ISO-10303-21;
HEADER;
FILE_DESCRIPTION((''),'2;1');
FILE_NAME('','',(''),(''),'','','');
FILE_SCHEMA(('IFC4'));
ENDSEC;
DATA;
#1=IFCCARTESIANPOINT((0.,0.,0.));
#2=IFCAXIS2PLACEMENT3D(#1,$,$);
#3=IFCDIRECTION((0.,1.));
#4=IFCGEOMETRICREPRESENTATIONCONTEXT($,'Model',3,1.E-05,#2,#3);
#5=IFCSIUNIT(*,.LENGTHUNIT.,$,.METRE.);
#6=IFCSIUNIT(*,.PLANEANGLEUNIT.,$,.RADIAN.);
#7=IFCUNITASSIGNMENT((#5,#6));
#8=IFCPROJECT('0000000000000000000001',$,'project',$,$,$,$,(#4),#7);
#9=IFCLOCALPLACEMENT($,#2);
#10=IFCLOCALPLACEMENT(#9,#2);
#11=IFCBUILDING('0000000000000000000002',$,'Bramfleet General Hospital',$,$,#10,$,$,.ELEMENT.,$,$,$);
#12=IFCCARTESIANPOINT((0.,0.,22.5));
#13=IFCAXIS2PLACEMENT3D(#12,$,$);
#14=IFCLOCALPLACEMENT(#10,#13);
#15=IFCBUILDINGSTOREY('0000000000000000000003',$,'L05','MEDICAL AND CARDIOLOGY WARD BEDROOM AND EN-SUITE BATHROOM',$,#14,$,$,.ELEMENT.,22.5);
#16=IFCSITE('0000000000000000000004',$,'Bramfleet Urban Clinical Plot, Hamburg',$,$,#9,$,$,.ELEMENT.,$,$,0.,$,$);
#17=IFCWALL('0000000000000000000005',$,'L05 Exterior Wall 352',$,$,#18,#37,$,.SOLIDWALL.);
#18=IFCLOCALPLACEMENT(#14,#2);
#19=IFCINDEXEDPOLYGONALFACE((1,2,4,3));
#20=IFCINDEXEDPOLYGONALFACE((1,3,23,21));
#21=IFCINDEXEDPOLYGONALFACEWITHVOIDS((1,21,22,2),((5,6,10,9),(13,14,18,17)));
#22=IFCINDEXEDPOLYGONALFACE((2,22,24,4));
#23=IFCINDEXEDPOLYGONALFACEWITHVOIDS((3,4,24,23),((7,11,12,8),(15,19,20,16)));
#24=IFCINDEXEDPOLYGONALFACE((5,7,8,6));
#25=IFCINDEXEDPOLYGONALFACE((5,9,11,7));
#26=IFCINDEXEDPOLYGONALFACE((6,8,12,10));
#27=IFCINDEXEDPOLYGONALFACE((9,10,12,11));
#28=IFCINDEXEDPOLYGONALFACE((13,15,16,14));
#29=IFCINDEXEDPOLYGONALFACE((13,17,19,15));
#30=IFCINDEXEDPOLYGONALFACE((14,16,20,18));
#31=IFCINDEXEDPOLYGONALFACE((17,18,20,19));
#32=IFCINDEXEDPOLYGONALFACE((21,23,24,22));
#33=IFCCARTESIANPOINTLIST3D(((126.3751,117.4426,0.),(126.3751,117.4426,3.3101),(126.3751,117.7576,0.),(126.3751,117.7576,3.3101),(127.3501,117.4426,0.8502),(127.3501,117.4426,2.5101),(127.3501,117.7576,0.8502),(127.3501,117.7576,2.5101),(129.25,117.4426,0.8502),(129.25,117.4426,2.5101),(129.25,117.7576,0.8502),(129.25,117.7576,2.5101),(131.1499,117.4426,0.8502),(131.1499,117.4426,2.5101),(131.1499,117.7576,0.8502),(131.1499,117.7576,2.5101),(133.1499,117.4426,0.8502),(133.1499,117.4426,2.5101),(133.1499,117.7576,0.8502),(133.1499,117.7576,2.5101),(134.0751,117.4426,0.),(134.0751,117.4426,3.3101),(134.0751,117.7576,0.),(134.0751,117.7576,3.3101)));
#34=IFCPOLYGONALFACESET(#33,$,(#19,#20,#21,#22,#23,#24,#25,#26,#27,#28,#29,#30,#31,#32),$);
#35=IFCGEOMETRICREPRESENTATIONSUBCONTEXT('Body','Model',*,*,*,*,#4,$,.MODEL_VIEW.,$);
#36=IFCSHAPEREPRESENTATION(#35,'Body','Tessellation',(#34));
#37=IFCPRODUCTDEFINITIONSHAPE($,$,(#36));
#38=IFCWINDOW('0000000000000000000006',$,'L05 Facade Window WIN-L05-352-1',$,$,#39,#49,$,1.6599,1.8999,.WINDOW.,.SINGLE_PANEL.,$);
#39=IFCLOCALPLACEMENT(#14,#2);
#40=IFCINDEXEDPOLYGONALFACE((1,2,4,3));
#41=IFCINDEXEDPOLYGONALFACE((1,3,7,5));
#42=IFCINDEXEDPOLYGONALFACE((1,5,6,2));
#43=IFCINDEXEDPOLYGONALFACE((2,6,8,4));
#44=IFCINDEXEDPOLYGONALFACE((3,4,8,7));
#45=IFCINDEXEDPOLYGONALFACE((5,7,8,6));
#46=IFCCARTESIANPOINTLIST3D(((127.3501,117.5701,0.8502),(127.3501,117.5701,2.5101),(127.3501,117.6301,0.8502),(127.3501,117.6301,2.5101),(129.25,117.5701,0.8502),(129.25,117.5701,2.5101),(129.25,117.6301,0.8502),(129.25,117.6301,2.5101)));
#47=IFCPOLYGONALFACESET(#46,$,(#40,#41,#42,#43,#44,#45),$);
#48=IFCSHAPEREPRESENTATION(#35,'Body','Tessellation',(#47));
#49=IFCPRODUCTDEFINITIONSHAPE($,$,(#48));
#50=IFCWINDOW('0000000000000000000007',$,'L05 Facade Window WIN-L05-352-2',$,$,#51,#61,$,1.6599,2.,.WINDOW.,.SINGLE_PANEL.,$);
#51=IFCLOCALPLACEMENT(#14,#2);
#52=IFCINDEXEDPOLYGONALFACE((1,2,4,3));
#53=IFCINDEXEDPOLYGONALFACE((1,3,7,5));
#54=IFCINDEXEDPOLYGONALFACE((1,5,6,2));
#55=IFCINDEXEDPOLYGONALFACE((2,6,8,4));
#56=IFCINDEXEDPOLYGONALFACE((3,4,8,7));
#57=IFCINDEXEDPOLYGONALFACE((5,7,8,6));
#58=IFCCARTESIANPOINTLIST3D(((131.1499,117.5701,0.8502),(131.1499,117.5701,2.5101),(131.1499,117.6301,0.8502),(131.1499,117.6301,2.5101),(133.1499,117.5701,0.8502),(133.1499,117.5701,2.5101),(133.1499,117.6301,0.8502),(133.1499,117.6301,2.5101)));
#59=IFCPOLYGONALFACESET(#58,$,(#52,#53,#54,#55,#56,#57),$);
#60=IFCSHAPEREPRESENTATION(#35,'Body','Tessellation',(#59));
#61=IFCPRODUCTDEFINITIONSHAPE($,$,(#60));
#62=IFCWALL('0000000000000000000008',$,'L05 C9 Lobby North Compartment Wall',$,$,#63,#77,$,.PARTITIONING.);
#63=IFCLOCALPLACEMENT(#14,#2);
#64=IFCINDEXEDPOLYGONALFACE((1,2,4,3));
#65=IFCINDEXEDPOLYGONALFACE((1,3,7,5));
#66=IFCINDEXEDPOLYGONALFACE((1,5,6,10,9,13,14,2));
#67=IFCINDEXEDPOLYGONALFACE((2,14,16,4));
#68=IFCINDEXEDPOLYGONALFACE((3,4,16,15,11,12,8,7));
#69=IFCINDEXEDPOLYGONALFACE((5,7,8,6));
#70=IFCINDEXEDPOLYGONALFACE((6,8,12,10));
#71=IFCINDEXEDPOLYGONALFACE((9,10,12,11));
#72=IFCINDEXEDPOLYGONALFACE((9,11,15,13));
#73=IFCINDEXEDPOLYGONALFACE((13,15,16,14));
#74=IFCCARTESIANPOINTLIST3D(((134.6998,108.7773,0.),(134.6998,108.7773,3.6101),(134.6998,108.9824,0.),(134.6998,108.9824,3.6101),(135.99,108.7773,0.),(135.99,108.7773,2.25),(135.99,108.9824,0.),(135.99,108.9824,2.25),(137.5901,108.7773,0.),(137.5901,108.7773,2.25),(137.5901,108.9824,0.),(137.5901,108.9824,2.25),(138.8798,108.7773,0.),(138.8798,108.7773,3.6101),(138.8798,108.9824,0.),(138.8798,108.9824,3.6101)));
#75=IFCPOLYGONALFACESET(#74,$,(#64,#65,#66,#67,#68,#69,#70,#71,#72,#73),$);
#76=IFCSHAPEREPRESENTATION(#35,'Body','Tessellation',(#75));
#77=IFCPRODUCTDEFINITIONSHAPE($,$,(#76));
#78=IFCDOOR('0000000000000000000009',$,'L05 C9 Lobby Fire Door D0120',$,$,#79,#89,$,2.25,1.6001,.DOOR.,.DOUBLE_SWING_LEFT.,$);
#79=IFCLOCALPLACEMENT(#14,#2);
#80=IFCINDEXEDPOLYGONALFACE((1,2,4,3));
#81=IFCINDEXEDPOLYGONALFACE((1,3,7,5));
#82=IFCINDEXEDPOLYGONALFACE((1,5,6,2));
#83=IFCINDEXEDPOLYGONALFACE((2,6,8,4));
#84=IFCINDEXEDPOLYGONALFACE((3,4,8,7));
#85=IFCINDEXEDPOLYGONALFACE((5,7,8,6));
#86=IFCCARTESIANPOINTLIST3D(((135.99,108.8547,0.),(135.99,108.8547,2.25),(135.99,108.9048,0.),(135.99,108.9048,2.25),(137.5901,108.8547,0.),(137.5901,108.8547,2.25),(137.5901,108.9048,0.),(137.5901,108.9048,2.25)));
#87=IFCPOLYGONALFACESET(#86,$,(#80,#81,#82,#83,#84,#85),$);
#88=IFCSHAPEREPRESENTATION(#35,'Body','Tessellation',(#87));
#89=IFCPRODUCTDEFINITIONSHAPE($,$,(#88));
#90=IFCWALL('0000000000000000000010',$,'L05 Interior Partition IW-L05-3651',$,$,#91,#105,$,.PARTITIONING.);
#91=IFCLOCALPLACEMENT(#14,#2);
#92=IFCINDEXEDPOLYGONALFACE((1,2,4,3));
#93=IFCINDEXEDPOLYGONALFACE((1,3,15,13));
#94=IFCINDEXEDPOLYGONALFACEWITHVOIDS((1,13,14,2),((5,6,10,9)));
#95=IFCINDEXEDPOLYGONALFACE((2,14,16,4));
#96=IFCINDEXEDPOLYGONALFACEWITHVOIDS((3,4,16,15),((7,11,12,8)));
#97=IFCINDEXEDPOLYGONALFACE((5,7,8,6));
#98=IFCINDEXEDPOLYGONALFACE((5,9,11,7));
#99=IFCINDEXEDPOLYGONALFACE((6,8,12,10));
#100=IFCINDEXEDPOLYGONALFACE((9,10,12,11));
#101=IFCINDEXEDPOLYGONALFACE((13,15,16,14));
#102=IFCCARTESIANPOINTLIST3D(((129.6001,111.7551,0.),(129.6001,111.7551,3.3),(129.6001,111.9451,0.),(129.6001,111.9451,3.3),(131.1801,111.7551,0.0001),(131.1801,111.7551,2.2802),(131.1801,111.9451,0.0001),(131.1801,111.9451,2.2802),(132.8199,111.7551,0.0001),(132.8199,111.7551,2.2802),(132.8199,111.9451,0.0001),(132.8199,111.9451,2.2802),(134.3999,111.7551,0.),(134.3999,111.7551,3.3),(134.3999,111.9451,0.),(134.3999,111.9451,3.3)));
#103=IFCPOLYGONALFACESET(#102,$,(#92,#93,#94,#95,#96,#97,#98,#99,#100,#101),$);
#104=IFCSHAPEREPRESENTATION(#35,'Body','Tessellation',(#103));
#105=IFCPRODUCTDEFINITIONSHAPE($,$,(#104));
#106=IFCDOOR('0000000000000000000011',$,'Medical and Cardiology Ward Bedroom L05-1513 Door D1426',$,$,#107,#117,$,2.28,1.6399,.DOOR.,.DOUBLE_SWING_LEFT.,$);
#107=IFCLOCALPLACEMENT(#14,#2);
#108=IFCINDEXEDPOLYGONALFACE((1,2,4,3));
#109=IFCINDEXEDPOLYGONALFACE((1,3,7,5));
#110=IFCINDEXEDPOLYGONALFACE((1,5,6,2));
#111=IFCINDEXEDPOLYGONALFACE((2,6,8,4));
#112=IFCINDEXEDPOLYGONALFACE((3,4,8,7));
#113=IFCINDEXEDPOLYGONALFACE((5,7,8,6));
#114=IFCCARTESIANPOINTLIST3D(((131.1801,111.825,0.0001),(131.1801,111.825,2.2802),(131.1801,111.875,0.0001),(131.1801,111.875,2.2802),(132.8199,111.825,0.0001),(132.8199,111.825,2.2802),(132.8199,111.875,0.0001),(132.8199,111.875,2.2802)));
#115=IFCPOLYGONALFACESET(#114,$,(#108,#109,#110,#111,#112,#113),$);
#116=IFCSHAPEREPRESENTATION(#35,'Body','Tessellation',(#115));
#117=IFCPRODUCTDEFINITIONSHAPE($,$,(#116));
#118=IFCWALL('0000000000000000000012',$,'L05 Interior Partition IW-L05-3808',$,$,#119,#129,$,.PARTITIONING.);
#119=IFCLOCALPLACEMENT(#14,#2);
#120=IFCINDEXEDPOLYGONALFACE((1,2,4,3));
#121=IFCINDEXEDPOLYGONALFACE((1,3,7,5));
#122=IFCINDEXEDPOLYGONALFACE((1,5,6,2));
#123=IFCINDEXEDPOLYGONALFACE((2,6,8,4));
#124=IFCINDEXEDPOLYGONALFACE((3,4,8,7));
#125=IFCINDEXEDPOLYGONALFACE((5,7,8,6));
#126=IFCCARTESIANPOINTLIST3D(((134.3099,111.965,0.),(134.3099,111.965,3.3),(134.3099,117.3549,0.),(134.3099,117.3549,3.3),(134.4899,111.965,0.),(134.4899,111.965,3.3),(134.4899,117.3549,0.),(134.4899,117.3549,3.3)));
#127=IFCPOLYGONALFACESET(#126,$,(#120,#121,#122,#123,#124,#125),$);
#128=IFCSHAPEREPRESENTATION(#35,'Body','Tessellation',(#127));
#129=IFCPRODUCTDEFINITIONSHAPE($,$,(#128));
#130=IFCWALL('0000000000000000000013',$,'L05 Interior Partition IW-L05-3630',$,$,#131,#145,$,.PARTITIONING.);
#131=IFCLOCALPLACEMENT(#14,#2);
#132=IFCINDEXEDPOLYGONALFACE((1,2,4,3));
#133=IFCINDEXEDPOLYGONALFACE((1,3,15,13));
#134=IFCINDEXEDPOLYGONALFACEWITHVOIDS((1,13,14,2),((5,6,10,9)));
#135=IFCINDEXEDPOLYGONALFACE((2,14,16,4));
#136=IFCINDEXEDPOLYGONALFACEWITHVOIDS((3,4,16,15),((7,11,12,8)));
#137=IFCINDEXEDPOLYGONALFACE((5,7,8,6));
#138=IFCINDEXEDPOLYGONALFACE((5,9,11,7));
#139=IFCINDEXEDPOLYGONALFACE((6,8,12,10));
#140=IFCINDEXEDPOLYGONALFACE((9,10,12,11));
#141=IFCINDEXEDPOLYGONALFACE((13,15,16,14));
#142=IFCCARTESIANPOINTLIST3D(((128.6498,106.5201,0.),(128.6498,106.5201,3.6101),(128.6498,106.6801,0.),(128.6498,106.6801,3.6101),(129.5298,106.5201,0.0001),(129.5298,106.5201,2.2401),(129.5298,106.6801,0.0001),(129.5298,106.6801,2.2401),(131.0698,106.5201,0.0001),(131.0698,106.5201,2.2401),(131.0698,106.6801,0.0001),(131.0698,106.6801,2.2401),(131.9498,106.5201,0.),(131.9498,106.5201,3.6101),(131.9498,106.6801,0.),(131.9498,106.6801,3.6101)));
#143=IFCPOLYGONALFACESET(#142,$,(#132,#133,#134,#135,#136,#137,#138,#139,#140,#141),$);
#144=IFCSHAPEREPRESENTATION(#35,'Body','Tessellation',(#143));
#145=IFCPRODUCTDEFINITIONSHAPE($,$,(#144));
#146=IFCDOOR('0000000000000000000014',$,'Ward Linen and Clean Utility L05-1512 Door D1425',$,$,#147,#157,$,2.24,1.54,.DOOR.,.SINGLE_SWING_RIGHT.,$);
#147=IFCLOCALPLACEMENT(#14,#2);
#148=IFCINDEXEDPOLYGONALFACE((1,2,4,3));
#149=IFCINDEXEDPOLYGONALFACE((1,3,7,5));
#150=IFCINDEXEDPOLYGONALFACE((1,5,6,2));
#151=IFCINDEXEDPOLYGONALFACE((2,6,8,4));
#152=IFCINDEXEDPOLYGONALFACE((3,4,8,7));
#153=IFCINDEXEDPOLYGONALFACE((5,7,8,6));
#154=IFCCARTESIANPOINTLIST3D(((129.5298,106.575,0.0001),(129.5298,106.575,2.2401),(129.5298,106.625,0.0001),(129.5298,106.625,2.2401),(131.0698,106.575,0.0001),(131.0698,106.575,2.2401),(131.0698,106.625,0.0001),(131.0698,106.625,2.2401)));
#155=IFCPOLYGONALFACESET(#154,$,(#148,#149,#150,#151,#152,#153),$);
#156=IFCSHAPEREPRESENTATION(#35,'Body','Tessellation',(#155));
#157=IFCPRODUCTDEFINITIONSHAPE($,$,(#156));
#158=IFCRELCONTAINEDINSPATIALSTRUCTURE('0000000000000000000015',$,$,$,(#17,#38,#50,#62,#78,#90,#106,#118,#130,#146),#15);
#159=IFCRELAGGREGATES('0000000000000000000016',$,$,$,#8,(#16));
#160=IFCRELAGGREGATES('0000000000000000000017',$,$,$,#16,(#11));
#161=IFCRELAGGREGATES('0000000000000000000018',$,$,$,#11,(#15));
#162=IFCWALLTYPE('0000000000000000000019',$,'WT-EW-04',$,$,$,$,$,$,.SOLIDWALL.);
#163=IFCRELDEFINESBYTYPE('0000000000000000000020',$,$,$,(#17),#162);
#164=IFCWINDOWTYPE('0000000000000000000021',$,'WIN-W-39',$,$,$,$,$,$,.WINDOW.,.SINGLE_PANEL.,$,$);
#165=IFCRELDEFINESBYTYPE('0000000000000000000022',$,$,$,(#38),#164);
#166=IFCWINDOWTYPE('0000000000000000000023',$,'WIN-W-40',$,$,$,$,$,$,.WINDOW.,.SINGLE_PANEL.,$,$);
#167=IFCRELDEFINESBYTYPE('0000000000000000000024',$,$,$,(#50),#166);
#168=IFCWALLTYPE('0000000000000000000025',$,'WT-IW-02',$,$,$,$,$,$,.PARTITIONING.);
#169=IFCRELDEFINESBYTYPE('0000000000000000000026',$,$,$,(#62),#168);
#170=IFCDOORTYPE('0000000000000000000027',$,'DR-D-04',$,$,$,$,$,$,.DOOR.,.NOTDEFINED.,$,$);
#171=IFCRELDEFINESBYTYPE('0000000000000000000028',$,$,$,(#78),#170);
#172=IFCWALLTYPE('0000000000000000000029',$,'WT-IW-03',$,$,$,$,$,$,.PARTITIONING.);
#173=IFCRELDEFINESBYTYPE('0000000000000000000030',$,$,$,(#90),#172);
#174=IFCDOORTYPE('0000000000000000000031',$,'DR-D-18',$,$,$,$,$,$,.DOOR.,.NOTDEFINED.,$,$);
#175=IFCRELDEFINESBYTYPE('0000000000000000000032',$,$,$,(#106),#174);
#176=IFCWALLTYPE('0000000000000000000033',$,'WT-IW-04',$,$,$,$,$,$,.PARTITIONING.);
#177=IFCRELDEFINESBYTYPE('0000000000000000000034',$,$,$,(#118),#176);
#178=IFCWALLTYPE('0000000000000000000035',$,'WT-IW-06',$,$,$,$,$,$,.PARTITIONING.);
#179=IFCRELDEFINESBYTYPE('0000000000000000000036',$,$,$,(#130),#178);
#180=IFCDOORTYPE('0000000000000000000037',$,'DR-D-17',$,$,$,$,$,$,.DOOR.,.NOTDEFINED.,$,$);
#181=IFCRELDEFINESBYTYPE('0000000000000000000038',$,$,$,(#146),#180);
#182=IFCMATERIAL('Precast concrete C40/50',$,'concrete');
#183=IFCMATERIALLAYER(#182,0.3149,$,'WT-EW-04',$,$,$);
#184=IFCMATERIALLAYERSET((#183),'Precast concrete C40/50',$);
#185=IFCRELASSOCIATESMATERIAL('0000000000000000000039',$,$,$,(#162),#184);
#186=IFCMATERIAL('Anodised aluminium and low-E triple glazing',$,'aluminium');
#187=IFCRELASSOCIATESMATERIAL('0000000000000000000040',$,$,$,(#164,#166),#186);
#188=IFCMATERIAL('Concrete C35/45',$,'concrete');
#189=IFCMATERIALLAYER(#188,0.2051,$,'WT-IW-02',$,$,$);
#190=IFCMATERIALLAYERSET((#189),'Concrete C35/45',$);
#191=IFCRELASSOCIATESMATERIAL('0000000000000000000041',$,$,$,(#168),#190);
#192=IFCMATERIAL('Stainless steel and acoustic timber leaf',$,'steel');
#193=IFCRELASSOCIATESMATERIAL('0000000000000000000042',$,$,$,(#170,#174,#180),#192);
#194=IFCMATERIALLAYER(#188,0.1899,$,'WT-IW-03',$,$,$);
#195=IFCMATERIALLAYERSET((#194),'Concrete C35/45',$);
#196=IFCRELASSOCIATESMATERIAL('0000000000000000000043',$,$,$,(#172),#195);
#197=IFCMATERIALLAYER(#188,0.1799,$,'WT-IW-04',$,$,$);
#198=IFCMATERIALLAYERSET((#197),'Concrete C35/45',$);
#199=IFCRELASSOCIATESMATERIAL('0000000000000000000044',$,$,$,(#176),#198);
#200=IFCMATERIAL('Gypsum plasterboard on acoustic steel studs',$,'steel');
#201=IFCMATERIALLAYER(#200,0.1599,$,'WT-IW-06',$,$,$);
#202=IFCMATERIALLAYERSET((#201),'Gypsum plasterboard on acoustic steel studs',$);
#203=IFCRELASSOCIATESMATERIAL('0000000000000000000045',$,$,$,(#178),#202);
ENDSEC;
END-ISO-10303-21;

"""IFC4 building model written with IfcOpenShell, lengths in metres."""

from ifc_helpers import new_model, si_unit, direction, frame, frame_2d, origin, place, context, subcontext, project, spatial, rectangle, extrude, material, layer, layer_set, type_object, element, fill, save


model = new_model("IFC4")

# Units and contexts
model_context = context("Model", 3, precision=1e-05, world=origin(), true_north=direction((0.0, 1.0)))
body_context = subcontext(model_context, "Body", "Model", "MODEL_VIEW")
ifc_project = project(units=[si_unit("LENGTHUNIT", "METRE"), si_unit("PLANEANGLEUNIT", "RADIAN")], contexts=[model_context])

# Site, building, storey
site_placement = place(None, origin())
site = spatial("IfcSite", under=ifc_project, at=site_placement, Name="Bramfleet Urban Clinical Plot, Hamburg", CompositionType="ELEMENT", RefElevation=0.0)
building_placement = place(site_placement, origin())
building = spatial("IfcBuilding", under=site, at=building_placement, Name="Bramfleet General Hospital", CompositionType="ELEMENT")
storey_placement = place(building_placement, frame((0.0, 0.0, 22.5)))
storey = spatial("IfcBuildingStorey", under=building, at=storey_placement, Name="L05", Description="MEDICAL AND CARDIOLOGY WARD BEDROOM AND EN-SUITE BATHROOM", CompositionType="ELEMENT", Elevation=22.5)

# Shared definitions
ifc_material_1 = material(Name="Anodised aluminium and low-E triple glazing", Category="aluminium")

# Wall, openings, windows
ifc_material_2 = material(Name="Precast concrete C40/50", Category="concrete")
ifc_layer_1 = layer(ifc_material_2, 0.3149, Name="WT-EW-04")
ifc_layer_set_1 = layer_set([ifc_layer_1], Name="Precast concrete C40/50")
wall_type_1 = type_object("IfcWallType", Name="WT-EW-04", PredefinedType="SOLIDWALL", material=ifc_layer_set_1)
wall_1_placement = place(storey_placement, frame((126.375, 117.6001, 0.0), z_axis=(0.0, 0.0, 1.0), x_axis=(1.0, 0.0, 0.0)))
wall_1 = element("IfcWall", 1, at=wall_1_placement, inside=storey, type_object=wall_type_1, Name="L05 Exterior Wall 352", PredefinedType="SOLIDWALL", context=body_context, shape_type="SweptSolid", body=[
    extrude(rectangle(XDim=7.7, YDim=0.3149, at=frame_2d((3.8501, 0.0))), origin(), (0.0, 0.0, 1.0), 3.3101),
])
opening_1_placement = place(wall_1_placement, frame((0.9751, 0.0, 0.8501)))
opening_1 = element("IfcOpeningElement", 2, at=opening_1_placement, cuts=wall_1, PredefinedType="OPENING", context=body_context, shape_type="SweptSolid", body=[
    extrude(rectangle(XDim=1.8999, YDim=1.6599, at=frame_2d((0.95, 0.8301))), frame((0.0, 0.1675, 0.0), z_axis=(0.0, -1.0, 0.0), x_axis=(1.0, 0.0, 0.0)), (0.0, 0.0, 1.0), 0.335),
])
opening_2_placement = place(wall_1_placement, frame((4.7749, 0.0, 0.8501)))
opening_2 = element("IfcOpeningElement", 3, at=opening_2_placement, cuts=wall_1, PredefinedType="OPENING", context=body_context, shape_type="SweptSolid", body=[
    extrude(rectangle(XDim=2.0, YDim=1.6599, at=frame_2d((1.0, 0.8301))), frame((0.0, 0.1675, 0.0), z_axis=(0.0, -1.0, 0.0), x_axis=(1.0, 0.0, 0.0)), (0.0, 0.0, 1.0), 0.335),
])
window_type_1 = type_object("IfcWindowType", Name="WIN-W-39", PartitioningType="SINGLE_PANEL", PredefinedType="WINDOW", material=ifc_material_1)
window_1_placement = place(opening_1_placement, origin())
window_1 = element("IfcWindow", 4, at=window_1_placement, inside=storey, type_object=window_type_1, Name="L05 Facade Window WIN-L05-352-1", OverallHeight=1.6599, OverallWidth=1.8999, PartitioningType="SINGLE_PANEL", PredefinedType="WINDOW", context=body_context, shape_type="SweptSolid", body=[
    extrude(rectangle(XDim=1.8999, YDim=1.6599, at=frame_2d((0.95, 0.8301))), frame((0.0, 0.03, 0.0), z_axis=(0.0, -1.0, 0.0), x_axis=(1.0, 0.0, 0.0)), (0.0, 0.0, 1.0), 0.0601),
])
fill(opening_1, window_1)
window_type_2 = type_object("IfcWindowType", Name="WIN-W-40", PartitioningType="SINGLE_PANEL", PredefinedType="WINDOW", material=ifc_material_1)
window_2_placement = place(opening_2_placement, origin())
window_2 = element("IfcWindow", 5, at=window_2_placement, inside=storey, type_object=window_type_2, Name="L05 Facade Window WIN-L05-352-2", OverallHeight=1.6599, OverallWidth=2.0, PartitioningType="SINGLE_PANEL", PredefinedType="WINDOW", context=body_context, shape_type="SweptSolid", body=[
    extrude(rectangle(XDim=2.0, YDim=1.6599, at=frame_2d((1.0, 0.8301))), frame((0.0, 0.03, 0.0), z_axis=(0.0, -1.0, 0.0), x_axis=(1.0, 0.0, 0.0)), (0.0, 0.0, 1.0), 0.0601),
])
fill(opening_2, window_2)

# Walls, openings, doors
ifc_material_3 = material(Name="Concrete C35/45", Category="concrete")
ifc_layer_2 = layer(ifc_material_3, 0.2051, Name="WT-IW-02")
ifc_layer_set_2 = layer_set([ifc_layer_2], Name="Concrete C35/45")
wall_type_2 = type_object("IfcWallType", Name="WT-IW-02", PredefinedType="PARTITIONING", material=ifc_layer_set_2)
wall_2_placement = place(storey_placement, frame((134.7, 108.8799, 0.0), z_axis=(0.0, 0.0, 1.0), x_axis=(1.0, 0.0, 0.0)))
wall_2 = element("IfcWall", 6, at=wall_2_placement, inside=storey, type_object=wall_type_2, Name="L05 C9 Lobby North Compartment Wall", PredefinedType="PARTITIONING", context=body_context, shape_type="SweptSolid", body=[
    extrude(rectangle(XDim=4.1799, YDim=0.2051, at=frame_2d((2.0898, 0.0))), origin(), (0.0, 0.0, 1.0), 3.6101),
])
opening_3_placement = place(wall_2_placement, frame((1.29, 0.0, 0.0)))
opening_3 = element("IfcOpeningElement", 7, at=opening_3_placement, cuts=wall_2, PredefinedType="OPENING", context=body_context, shape_type="SweptSolid", body=[
    extrude(rectangle(XDim=1.6001, YDim=2.25, at=frame_2d((0.8, 1.125))), frame((0.0, 0.1125, 0.0), z_axis=(0.0, -1.0, 0.0), x_axis=(1.0, 0.0, 0.0)), (0.0, 0.0, 1.0), 0.2251),
])
ifc_material_4 = material(Name="Stainless steel and acoustic timber leaf", Category="steel")
door_type_1 = type_object("IfcDoorType", Name="DR-D-04", OperationType="NOTDEFINED", PredefinedType="DOOR", material=ifc_material_4)
door_1_placement = place(opening_3_placement, origin())
door_1 = element("IfcDoor", 8, at=door_1_placement, inside=storey, type_object=door_type_1, Name="L05 C9 Lobby Fire Door D0120", OperationType="DOUBLE_SWING_LEFT", OverallHeight=2.25, OverallWidth=1.6001, PredefinedType="DOOR", context=body_context, shape_type="SweptSolid", body=[
    extrude(rectangle(XDim=1.6001, YDim=2.25, at=frame_2d((0.8, 1.125))), frame((0.0, 0.0249, 0.0), z_axis=(0.0, -1.0, 0.0), x_axis=(1.0, 0.0, 0.0)), (0.0, 0.0, 1.0), 0.05),
])
fill(opening_3, door_1)
ifc_layer_3 = layer(ifc_material_3, 0.1899, Name="WT-IW-03")
ifc_layer_set_3 = layer_set([ifc_layer_3], Name="Concrete C35/45")
wall_type_3 = type_object("IfcWallType", Name="WT-IW-03", PredefinedType="PARTITIONING", material=ifc_layer_set_3)
wall_3_placement = place(storey_placement, frame((129.6001, 111.8501, 0.0), z_axis=(0.0, 0.0, 1.0), x_axis=(1.0, 0.0, 0.0)))
wall_3 = element("IfcWall", 9, at=wall_3_placement, inside=storey, type_object=wall_type_3, Name="L05 Interior Partition IW-L05-3651", PredefinedType="PARTITIONING", context=body_context, shape_type="SweptSolid", body=[
    extrude(rectangle(XDim=4.7998, YDim=0.1899, at=frame_2d((2.3999, 0.0))), origin(), (0.0, 0.0, 1.0), 3.3),
])
opening_4_placement = place(wall_3_placement, frame((1.5801, 0.0, 0.0)))
opening_4 = element("IfcOpeningElement", 10, at=opening_4_placement, cuts=wall_3, PredefinedType="OPENING", context=body_context, shape_type="SweptSolid", body=[
    extrude(rectangle(XDim=1.6399, YDim=2.28, at=frame_2d((0.8198, 1.1401))), frame((0.0, 0.105, 0.0), z_axis=(0.0, -1.0, 0.0), x_axis=(1.0, 0.0, 0.0)), (0.0, 0.0, 1.0), 0.21),
])
door_type_2 = type_object("IfcDoorType", Name="DR-D-18", OperationType="NOTDEFINED", PredefinedType="DOOR", material=ifc_material_4)
door_2_placement = place(opening_4_placement, origin())
door_2 = element("IfcDoor", 11, at=door_2_placement, inside=storey, type_object=door_type_2, Name="Medical and Cardiology Ward Bedroom L05-1513 Door D1426", OperationType="DOUBLE_SWING_LEFT", OverallHeight=2.28, OverallWidth=1.6399, PredefinedType="DOOR", context=body_context, shape_type="SweptSolid", body=[
    extrude(rectangle(XDim=1.6399, YDim=2.28, at=frame_2d((0.8198, 1.1401))), frame((0.0, 0.0249, 0.0), z_axis=(0.0, -1.0, 0.0), x_axis=(1.0, 0.0, 0.0)), (0.0, 0.0, 1.0), 0.05),
])
fill(opening_4, door_2)

# Wall
ifc_layer_4 = layer(ifc_material_3, 0.1799, Name="WT-IW-04")
ifc_layer_set_4 = layer_set([ifc_layer_4], Name="Concrete C35/45")
wall_type_4 = type_object("IfcWallType", Name="WT-IW-04", PredefinedType="PARTITIONING", material=ifc_layer_set_4)
wall_4_placement = place(storey_placement, frame((134.3999, 111.9651, 0.0), z_axis=(0.0, 0.0, 1.0), x_axis=(0.0, 1.0, 0.0)))
element("IfcWall", 12, at=wall_4_placement, inside=storey, type_object=wall_type_4, Name="L05 Interior Partition IW-L05-3808", PredefinedType="PARTITIONING", context=body_context, shape_type="SweptSolid", body=[
    extrude(rectangle(XDim=5.3899, YDim=0.1799, at=frame_2d((2.6948, 0.0))), origin(), (0.0, 0.0, 1.0), 3.3),
])

# Wall, opening, door
ifc_material_5 = material(Name="Gypsum plasterboard on acoustic steel studs", Category="steel")
ifc_layer_5 = layer(ifc_material_5, 0.1599, Name="WT-IW-06")
ifc_layer_set_5 = layer_set([ifc_layer_5], Name="Gypsum plasterboard on acoustic steel studs")
wall_type_5 = type_object("IfcWallType", Name="WT-IW-06", PredefinedType="PARTITIONING", material=ifc_layer_set_5)
wall_5_placement = place(storey_placement, frame((128.6499, 106.6001, 0.0), z_axis=(0.0, 0.0, 1.0), x_axis=(1.0, 0.0, 0.0)))
wall_5 = element("IfcWall", 13, at=wall_5_placement, inside=storey, type_object=wall_type_5, Name="L05 Interior Partition IW-L05-3630", PredefinedType="PARTITIONING", context=body_context, shape_type="SweptSolid", body=[
    extrude(rectangle(XDim=3.3, YDim=0.1599, at=frame_2d((1.6499, 0.0))), origin(), (0.0, 0.0, 1.0), 3.6101),
])
opening_5_placement = place(wall_5_placement, frame((0.8799, 0.0, 0.0)))
opening_5 = element("IfcOpeningElement", 14, at=opening_5_placement, cuts=wall_5, PredefinedType="OPENING", context=body_context, shape_type="SweptSolid", body=[
    extrude(rectangle(XDim=1.54, YDim=2.24, at=frame_2d((0.77, 1.1201))), frame((0.0, 0.0898, 0.0), z_axis=(0.0, -1.0, 0.0), x_axis=(1.0, 0.0, 0.0)), (0.0, 0.0, 1.0), 0.1799),
])
door_type_3 = type_object("IfcDoorType", Name="DR-D-17", OperationType="NOTDEFINED", PredefinedType="DOOR", material=ifc_material_4)
door_3_placement = place(opening_5_placement, origin())
door_3 = element("IfcDoor", 15, at=door_3_placement, inside=storey, type_object=door_type_3, Name="Ward Linen and Clean Utility L05-1512 Door D1425", OperationType="SINGLE_SWING_RIGHT", OverallHeight=2.24, OverallWidth=1.54, PredefinedType="DOOR", context=body_context, shape_type="SweptSolid", body=[
    extrude(rectangle(XDim=1.54, YDim=2.24, at=frame_2d((0.77, 1.1201))), frame((0.0, 0.0249, 0.0), z_axis=(0.0, -1.0, 0.0), x_axis=(1.0, 0.0, 0.0)), (0.0, 0.0, 1.0), 0.05),
])
fill(opening_5, door_3)

save(model, "model.ifc")
